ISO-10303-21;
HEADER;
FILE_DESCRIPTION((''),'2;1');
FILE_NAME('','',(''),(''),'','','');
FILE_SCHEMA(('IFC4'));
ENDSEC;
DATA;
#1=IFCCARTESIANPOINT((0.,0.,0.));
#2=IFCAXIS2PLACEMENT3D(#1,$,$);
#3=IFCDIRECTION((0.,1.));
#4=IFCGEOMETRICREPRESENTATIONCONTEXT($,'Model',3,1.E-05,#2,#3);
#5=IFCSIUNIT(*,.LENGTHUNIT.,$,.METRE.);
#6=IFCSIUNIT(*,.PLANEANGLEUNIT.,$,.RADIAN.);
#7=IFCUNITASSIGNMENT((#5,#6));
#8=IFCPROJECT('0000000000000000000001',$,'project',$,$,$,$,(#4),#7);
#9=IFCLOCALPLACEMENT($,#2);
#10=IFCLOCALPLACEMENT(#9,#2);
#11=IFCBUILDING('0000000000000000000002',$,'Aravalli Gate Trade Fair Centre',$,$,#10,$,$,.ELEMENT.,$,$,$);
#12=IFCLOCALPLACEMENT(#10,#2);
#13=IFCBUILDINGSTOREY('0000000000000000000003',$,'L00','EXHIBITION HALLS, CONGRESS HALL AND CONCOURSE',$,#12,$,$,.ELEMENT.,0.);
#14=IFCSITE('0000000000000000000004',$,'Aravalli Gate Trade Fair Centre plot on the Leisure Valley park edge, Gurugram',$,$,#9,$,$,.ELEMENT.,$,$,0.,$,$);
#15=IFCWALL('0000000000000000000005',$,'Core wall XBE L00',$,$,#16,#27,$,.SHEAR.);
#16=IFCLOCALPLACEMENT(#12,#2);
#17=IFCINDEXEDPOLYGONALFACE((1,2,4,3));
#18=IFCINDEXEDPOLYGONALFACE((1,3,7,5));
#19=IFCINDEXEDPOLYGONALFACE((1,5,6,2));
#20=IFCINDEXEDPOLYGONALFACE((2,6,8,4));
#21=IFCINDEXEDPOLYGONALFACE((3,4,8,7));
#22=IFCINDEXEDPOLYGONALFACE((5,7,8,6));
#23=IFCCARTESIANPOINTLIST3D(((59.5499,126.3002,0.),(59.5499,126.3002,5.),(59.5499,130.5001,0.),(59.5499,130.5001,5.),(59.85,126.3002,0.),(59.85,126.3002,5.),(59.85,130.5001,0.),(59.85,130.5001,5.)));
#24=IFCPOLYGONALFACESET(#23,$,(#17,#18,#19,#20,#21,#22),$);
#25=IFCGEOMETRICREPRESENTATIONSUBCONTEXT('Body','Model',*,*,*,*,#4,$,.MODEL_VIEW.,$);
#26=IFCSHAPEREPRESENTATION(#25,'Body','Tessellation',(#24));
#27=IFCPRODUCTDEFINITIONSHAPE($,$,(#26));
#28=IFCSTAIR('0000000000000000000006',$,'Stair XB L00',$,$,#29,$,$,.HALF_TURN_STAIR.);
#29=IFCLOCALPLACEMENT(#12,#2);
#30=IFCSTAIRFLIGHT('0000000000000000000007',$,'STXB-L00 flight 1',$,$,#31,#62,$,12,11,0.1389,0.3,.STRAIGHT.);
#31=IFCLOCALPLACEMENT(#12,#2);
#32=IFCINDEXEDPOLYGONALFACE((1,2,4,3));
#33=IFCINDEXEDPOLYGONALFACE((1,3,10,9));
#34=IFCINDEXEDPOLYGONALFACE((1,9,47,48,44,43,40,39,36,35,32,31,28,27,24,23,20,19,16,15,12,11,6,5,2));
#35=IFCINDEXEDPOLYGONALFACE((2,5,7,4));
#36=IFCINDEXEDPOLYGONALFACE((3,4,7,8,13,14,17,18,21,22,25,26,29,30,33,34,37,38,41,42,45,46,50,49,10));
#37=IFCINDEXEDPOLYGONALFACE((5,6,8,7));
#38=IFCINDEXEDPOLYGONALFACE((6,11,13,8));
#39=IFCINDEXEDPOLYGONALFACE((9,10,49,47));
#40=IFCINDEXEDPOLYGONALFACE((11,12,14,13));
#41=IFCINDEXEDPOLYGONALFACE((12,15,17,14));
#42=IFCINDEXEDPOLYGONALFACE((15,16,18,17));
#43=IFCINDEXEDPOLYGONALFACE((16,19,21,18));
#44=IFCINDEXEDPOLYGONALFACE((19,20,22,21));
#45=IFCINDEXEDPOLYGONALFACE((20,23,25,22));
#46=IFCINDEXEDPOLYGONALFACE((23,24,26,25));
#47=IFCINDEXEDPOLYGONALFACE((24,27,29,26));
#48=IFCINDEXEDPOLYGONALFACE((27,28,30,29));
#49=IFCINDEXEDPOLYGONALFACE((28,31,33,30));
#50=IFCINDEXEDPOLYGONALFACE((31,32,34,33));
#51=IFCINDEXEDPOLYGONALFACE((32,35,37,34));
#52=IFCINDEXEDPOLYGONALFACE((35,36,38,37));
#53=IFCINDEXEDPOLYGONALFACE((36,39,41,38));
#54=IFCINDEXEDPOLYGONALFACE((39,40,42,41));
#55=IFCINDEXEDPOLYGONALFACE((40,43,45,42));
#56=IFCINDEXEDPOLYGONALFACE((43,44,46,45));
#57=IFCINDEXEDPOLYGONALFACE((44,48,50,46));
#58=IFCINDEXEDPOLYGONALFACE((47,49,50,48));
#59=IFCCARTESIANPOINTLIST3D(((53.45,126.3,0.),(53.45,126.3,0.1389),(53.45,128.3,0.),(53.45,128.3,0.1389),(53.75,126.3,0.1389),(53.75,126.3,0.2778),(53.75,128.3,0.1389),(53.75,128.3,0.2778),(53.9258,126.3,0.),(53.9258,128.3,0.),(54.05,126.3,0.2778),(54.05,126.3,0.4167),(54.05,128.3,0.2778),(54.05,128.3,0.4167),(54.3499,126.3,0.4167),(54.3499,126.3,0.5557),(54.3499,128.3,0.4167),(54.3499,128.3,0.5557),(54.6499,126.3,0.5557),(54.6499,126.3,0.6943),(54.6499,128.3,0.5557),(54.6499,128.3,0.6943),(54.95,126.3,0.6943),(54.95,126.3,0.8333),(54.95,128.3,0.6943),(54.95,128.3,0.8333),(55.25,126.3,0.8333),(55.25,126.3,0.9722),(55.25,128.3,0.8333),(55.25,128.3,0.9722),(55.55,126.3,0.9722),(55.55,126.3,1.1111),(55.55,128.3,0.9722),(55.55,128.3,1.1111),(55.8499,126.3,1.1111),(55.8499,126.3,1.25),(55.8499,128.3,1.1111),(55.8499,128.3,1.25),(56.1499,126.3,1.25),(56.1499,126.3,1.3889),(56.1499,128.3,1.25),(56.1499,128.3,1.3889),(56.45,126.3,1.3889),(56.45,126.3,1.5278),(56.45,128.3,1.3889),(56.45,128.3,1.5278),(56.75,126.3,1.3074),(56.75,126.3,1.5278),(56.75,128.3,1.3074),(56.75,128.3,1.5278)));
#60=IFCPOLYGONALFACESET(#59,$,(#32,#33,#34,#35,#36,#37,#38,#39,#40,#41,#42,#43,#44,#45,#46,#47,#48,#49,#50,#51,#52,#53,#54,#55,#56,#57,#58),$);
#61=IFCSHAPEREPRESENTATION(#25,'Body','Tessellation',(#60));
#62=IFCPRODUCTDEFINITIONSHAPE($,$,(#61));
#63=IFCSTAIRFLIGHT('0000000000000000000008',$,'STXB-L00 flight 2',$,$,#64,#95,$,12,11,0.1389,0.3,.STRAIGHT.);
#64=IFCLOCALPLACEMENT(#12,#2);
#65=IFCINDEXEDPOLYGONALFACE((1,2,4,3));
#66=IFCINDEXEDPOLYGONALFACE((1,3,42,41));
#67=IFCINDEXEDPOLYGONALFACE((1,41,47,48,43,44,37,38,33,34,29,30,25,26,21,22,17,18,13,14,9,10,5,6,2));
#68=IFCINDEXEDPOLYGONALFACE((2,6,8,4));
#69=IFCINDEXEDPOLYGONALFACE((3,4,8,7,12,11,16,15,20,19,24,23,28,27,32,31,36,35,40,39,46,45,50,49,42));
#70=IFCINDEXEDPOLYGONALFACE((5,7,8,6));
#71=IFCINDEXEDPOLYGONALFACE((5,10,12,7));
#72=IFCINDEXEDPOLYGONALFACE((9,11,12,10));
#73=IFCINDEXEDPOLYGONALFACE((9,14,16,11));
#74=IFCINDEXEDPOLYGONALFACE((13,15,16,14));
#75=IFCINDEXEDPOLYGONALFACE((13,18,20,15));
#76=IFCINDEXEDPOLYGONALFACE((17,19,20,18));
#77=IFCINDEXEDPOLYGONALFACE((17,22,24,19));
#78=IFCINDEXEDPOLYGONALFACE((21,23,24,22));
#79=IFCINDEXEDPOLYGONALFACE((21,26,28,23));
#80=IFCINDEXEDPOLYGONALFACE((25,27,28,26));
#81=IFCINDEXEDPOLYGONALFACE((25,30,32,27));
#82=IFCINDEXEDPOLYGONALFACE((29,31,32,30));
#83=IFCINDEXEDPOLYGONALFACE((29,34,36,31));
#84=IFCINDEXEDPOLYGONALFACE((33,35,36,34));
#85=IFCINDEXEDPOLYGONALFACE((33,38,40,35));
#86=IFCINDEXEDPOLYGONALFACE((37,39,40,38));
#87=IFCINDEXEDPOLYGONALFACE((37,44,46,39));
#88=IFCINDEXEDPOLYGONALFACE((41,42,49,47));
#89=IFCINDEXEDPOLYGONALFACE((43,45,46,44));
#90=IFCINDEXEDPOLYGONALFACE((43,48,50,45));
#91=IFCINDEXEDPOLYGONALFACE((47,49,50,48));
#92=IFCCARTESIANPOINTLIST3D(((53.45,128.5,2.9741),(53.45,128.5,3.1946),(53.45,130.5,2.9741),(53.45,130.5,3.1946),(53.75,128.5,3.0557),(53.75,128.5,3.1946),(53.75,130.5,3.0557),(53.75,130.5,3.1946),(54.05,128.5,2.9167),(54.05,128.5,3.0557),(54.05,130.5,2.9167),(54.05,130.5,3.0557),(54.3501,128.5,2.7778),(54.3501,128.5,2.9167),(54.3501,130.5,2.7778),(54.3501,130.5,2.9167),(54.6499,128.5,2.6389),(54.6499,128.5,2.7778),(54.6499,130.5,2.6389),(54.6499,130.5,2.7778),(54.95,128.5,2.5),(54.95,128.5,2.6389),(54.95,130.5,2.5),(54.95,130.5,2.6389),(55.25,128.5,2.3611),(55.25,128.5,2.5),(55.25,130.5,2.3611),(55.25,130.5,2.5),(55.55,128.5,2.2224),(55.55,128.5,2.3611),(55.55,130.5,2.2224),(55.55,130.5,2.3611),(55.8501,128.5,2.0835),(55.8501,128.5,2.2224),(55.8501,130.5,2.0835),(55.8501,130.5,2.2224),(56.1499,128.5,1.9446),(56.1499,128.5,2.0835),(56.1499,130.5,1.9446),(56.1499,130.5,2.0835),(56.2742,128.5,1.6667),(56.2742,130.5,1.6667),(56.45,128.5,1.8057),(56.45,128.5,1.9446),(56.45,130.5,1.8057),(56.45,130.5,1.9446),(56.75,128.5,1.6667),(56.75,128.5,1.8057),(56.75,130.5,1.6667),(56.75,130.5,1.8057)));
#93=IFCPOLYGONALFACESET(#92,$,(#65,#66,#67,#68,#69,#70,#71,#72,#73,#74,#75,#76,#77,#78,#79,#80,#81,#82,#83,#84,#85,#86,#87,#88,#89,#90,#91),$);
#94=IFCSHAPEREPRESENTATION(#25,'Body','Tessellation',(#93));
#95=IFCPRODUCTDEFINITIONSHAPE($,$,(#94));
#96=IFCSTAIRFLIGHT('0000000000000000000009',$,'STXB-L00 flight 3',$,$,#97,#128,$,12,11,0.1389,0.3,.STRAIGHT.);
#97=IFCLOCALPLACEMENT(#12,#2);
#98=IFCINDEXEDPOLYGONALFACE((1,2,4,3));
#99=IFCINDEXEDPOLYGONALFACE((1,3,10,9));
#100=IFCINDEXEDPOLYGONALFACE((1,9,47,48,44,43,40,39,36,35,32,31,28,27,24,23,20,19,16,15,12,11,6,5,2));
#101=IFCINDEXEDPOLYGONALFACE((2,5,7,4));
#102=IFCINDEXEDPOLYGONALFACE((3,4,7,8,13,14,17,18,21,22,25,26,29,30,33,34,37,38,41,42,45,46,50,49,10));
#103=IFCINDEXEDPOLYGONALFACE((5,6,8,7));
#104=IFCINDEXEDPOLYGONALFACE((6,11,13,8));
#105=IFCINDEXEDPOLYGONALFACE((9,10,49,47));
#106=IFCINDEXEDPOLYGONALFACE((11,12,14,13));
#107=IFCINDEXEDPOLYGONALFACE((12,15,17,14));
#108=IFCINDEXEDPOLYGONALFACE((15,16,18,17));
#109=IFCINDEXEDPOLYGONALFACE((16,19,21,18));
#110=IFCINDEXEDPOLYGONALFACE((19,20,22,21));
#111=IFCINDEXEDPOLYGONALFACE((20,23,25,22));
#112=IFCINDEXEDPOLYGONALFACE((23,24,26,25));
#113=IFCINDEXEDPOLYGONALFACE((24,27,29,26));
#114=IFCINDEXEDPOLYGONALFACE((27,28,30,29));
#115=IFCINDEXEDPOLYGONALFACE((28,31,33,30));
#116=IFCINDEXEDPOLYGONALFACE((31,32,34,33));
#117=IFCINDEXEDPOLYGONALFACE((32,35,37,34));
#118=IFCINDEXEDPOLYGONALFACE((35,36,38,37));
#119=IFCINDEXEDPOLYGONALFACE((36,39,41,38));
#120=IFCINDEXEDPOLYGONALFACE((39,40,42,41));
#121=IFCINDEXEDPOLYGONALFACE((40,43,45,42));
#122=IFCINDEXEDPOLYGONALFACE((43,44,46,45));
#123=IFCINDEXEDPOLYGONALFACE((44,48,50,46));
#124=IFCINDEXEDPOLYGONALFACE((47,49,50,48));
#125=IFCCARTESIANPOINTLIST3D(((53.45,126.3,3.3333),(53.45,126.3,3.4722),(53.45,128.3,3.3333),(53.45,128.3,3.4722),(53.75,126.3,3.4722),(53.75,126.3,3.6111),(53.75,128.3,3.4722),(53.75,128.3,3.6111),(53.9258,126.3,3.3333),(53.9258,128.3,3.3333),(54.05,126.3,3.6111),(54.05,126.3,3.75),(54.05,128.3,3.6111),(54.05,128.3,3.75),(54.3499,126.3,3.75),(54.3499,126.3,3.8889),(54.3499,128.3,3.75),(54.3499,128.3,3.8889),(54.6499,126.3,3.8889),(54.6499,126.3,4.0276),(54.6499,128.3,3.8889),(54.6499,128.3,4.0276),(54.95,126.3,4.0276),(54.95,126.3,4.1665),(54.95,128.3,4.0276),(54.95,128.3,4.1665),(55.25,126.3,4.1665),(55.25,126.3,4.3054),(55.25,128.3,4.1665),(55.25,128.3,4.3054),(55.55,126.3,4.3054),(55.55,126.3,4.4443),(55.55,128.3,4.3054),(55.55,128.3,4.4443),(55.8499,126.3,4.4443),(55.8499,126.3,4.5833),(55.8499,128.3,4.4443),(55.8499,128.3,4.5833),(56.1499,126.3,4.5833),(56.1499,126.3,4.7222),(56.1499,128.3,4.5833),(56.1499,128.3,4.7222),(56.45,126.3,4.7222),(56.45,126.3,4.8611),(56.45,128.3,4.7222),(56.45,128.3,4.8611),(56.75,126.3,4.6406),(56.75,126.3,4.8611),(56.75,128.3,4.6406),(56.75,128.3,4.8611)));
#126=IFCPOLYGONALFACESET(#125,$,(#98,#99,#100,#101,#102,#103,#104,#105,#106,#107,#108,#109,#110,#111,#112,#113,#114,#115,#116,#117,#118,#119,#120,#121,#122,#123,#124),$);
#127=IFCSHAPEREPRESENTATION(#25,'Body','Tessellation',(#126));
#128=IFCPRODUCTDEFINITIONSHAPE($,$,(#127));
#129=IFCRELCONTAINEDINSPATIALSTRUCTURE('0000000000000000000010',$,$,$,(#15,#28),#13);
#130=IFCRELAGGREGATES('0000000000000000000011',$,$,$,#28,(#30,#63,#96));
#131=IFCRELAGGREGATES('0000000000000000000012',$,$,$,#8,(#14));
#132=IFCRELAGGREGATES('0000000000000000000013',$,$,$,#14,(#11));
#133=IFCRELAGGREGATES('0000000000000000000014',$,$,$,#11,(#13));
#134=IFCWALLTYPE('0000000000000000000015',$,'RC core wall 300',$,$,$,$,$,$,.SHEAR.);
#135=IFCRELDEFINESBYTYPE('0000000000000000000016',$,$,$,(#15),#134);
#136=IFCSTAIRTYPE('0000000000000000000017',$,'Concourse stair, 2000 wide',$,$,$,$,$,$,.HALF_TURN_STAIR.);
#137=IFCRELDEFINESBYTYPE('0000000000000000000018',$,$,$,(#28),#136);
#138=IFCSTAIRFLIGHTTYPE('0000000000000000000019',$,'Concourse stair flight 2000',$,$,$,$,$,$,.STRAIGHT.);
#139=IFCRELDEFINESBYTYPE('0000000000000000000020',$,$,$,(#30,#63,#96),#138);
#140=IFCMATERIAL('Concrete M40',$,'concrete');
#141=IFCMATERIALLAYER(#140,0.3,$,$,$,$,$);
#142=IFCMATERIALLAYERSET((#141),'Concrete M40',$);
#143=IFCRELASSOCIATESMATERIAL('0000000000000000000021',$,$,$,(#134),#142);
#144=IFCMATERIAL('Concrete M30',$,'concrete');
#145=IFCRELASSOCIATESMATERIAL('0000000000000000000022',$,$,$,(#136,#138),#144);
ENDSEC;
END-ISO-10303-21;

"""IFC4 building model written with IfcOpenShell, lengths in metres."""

from ifc_helpers import new_model, si_unit, direction, frame, frame_2d, origin, place, context, subcontext, project, spatial, polyline, rectangle, outline, extrude, material, layer, layer_set, type_object, element, aggregate, save


model = new_model("IFC4")

# Units and contexts
model_context = context("Model", 3, precision=1e-05, world=origin(), true_north=direction((0.0, 1.0)))
body_context = subcontext(model_context, "Body", "Model", "MODEL_VIEW")
ifc_project = project(units=[si_unit("LENGTHUNIT", "METRE"), si_unit("PLANEANGLEUNIT", "RADIAN")], contexts=[model_context])

# Site, building, storey
site_placement = place(None, origin())
site = spatial("IfcSite", under=ifc_project, at=site_placement, Name="Aravalli Gate Trade Fair Centre plot on the Leisure Valley park edge, Gurugram", CompositionType="ELEMENT", RefElevation=0.0)
building_placement = place(site_placement, origin())
building = spatial("IfcBuilding", under=site, at=building_placement, Name="Aravalli Gate Trade Fair Centre", CompositionType="ELEMENT")
storey_placement = place(building_placement, origin())
storey = spatial("IfcBuildingStorey", under=building, at=storey_placement, Name="L00", Description="EXHIBITION HALLS, CONGRESS HALL AND CONCOURSE", CompositionType="ELEMENT", Elevation=0.0)

# Shared definitions
ifc_material_1 = material(Name="Concrete M40", Category="concrete")
ifc_layer_1 = layer(ifc_material_1, 0.3)
ifc_layer_set_1 = layer_set([ifc_layer_1], Name="Concrete M40")
wall_type_1 = type_object("IfcWallType", Name="RC core wall 300", PredefinedType="SHEAR", material=ifc_layer_set_1)

# Wall
for number, where, z_axis, x_axis, name in (
    (1, (59.7, 126.3, 0.0), (0.0, 0.0, 1.0), (0.0, 1.0, 0.0), "Core wall XBE L00"),
):
    element("IfcWall", number, at=place(storey_placement, frame(where, z_axis=z_axis, x_axis=x_axis)), inside=storey, type_object=wall_type_1, Name=name, PredefinedType="SHEAR", context=body_context, shape_type="SweptSolid", body=[
        extrude(rectangle(XDim=4.2, YDim=0.3, at=frame_2d((2.1001, 0.0))), origin(), (0.0, 0.0, 1.0), 5.0),
    ])

# Stair, stair flights
ifc_material_2 = material(Name="Concrete M30", Category="concrete")
stair_type = type_object("IfcStairType", Name="Concourse stair, 2000 wide", PredefinedType="HALF_TURN_STAIR", material=ifc_material_2)
stair_placement = place(storey_placement, origin())
stair = element("IfcStair", 2, at=stair_placement, inside=storey, type_object=stair_type, Name="Stair XB L00", PredefinedType="HALF_TURN_STAIR")
stair_flight_type = type_object("IfcStairFlightType", Name="Concourse stair flight 2000", PredefinedType="STRAIGHT", material=ifc_material_2)
stair_flight_1_placement = place(storey_placement, frame((53.45, 127.3, 0.0), z_axis=(0.0, 0.0, 1.0), x_axis=(1.0, 0.0, 0.0)))
stair_flight_1 = element("IfcStairFlight", 3, at=stair_flight_1_placement, type_object=stair_flight_type, Name="STXB-L00 flight 1", NumberOfRisers=12, NumberOfTreads=11, PredefinedType="STRAIGHT", RiserHeight=0.1389, TreadLength=0.3, context=body_context, shape_type="SweptSolid", body=[
    extrude(outline(polyline([(0.0, 0.0), (0.0, 0.1389), (0.3, 0.1389), (0.3, 0.2778), (0.6001, 0.2778), (0.6001, 0.4167), (0.8999, 0.4167), (0.8999, 0.5557), (1.2, 0.5557), (1.2, 0.6943), (1.5, 0.6943), (1.5, 0.8333), (1.8, 0.8333), (1.8, 0.9722), (2.1001, 0.9722), (2.1001, 1.1111), (2.3999, 1.1111), (2.3999, 1.25), (2.7, 1.25), (2.7, 1.3889), (3.0, 1.3889), (3.0, 1.5278), (3.3, 1.5278), (3.3, 1.6667), (3.3, 1.3074), (0.4758, 0.0), (0.0, 0.0)])), frame((0.0, 1.0, 0.0), z_axis=(0.0, -1.0, 0.0), x_axis=(1.0, 0.0, 0.0)), (0.0, 0.0, 1.0), 2.0),
])
stair_flight_2_placement = place(storey_placement, frame((56.75, 129.5, 1.6667), z_axis=(0.0, 0.0, 1.0), x_axis=(-1.0, 0.0, 0.0)))
stair_flight_2 = element("IfcStairFlight", 4, at=stair_flight_2_placement, type_object=stair_flight_type, Name="STXB-L00 flight 2", NumberOfRisers=12, NumberOfTreads=11, PredefinedType="STRAIGHT", RiserHeight=0.1389, TreadLength=0.3, context=body_context, shape_type="SweptSolid", body=[
    extrude(outline(polyline([(0.0, 0.0), (0.0, 0.1389), (0.3, 0.1389), (0.3, 0.2778), (0.6001, 0.2778), (0.6001, 0.4167), (0.8999, 0.4167), (0.8999, 0.5557), (1.2, 0.5557), (1.2, 0.6943), (1.5, 0.6943), (1.5, 0.8333), (1.8, 0.8333), (1.8, 0.9722), (2.1001, 0.9722), (2.1001, 1.1111), (2.3999, 1.1111), (2.3999, 1.25), (2.7, 1.25), (2.7, 1.3889), (3.0, 1.3889), (3.0, 1.5278), (3.3, 1.5278), (3.3, 1.6667), (3.3, 1.3074), (0.4758, 0.0), (0.0, 0.0)])), frame((0.0, 1.0, 0.0), z_axis=(0.0, -1.0, 0.0), x_axis=(1.0, 0.0, 0.0)), (0.0, 0.0, 1.0), 2.0),
])
stair_flight_3_placement = place(storey_placement, frame((53.45, 127.3, 3.3333), z_axis=(0.0, 0.0, 1.0), x_axis=(1.0, 0.0, 0.0)))
stair_flight_3 = element("IfcStairFlight", 5, at=stair_flight_3_placement, type_object=stair_flight_type, Name="STXB-L00 flight 3", NumberOfRisers=12, NumberOfTreads=11, PredefinedType="STRAIGHT", RiserHeight=0.1389, TreadLength=0.3, context=body_context, shape_type="SweptSolid", body=[
    extrude(outline(polyline([(0.0, 0.0), (0.0, 0.1389), (0.3, 0.1389), (0.3, 0.2778), (0.6001, 0.2778), (0.6001, 0.4167), (0.8999, 0.4167), (0.8999, 0.5557), (1.2, 0.5557), (1.2, 0.6943), (1.5, 0.6943), (1.5, 0.8333), (1.8, 0.8333), (1.8, 0.9722), (2.1001, 0.9722), (2.1001, 1.1111), (2.3999, 1.1111), (2.3999, 1.25), (2.7, 1.25), (2.7, 1.3889), (3.0, 1.3889), (3.0, 1.5278), (3.3, 1.5278), (3.3, 1.6667), (3.3, 1.3074), (0.4758, 0.0), (0.0, 0.0)])), frame((0.0, 1.0, 0.0), z_axis=(0.0, -1.0, 0.0), x_axis=(1.0, 0.0, 0.0)), (0.0, 0.0, 1.0), 2.0),
])
aggregate(stair, [stair_flight_1, stair_flight_2, stair_flight_3])

save(model, "model.ifc")
